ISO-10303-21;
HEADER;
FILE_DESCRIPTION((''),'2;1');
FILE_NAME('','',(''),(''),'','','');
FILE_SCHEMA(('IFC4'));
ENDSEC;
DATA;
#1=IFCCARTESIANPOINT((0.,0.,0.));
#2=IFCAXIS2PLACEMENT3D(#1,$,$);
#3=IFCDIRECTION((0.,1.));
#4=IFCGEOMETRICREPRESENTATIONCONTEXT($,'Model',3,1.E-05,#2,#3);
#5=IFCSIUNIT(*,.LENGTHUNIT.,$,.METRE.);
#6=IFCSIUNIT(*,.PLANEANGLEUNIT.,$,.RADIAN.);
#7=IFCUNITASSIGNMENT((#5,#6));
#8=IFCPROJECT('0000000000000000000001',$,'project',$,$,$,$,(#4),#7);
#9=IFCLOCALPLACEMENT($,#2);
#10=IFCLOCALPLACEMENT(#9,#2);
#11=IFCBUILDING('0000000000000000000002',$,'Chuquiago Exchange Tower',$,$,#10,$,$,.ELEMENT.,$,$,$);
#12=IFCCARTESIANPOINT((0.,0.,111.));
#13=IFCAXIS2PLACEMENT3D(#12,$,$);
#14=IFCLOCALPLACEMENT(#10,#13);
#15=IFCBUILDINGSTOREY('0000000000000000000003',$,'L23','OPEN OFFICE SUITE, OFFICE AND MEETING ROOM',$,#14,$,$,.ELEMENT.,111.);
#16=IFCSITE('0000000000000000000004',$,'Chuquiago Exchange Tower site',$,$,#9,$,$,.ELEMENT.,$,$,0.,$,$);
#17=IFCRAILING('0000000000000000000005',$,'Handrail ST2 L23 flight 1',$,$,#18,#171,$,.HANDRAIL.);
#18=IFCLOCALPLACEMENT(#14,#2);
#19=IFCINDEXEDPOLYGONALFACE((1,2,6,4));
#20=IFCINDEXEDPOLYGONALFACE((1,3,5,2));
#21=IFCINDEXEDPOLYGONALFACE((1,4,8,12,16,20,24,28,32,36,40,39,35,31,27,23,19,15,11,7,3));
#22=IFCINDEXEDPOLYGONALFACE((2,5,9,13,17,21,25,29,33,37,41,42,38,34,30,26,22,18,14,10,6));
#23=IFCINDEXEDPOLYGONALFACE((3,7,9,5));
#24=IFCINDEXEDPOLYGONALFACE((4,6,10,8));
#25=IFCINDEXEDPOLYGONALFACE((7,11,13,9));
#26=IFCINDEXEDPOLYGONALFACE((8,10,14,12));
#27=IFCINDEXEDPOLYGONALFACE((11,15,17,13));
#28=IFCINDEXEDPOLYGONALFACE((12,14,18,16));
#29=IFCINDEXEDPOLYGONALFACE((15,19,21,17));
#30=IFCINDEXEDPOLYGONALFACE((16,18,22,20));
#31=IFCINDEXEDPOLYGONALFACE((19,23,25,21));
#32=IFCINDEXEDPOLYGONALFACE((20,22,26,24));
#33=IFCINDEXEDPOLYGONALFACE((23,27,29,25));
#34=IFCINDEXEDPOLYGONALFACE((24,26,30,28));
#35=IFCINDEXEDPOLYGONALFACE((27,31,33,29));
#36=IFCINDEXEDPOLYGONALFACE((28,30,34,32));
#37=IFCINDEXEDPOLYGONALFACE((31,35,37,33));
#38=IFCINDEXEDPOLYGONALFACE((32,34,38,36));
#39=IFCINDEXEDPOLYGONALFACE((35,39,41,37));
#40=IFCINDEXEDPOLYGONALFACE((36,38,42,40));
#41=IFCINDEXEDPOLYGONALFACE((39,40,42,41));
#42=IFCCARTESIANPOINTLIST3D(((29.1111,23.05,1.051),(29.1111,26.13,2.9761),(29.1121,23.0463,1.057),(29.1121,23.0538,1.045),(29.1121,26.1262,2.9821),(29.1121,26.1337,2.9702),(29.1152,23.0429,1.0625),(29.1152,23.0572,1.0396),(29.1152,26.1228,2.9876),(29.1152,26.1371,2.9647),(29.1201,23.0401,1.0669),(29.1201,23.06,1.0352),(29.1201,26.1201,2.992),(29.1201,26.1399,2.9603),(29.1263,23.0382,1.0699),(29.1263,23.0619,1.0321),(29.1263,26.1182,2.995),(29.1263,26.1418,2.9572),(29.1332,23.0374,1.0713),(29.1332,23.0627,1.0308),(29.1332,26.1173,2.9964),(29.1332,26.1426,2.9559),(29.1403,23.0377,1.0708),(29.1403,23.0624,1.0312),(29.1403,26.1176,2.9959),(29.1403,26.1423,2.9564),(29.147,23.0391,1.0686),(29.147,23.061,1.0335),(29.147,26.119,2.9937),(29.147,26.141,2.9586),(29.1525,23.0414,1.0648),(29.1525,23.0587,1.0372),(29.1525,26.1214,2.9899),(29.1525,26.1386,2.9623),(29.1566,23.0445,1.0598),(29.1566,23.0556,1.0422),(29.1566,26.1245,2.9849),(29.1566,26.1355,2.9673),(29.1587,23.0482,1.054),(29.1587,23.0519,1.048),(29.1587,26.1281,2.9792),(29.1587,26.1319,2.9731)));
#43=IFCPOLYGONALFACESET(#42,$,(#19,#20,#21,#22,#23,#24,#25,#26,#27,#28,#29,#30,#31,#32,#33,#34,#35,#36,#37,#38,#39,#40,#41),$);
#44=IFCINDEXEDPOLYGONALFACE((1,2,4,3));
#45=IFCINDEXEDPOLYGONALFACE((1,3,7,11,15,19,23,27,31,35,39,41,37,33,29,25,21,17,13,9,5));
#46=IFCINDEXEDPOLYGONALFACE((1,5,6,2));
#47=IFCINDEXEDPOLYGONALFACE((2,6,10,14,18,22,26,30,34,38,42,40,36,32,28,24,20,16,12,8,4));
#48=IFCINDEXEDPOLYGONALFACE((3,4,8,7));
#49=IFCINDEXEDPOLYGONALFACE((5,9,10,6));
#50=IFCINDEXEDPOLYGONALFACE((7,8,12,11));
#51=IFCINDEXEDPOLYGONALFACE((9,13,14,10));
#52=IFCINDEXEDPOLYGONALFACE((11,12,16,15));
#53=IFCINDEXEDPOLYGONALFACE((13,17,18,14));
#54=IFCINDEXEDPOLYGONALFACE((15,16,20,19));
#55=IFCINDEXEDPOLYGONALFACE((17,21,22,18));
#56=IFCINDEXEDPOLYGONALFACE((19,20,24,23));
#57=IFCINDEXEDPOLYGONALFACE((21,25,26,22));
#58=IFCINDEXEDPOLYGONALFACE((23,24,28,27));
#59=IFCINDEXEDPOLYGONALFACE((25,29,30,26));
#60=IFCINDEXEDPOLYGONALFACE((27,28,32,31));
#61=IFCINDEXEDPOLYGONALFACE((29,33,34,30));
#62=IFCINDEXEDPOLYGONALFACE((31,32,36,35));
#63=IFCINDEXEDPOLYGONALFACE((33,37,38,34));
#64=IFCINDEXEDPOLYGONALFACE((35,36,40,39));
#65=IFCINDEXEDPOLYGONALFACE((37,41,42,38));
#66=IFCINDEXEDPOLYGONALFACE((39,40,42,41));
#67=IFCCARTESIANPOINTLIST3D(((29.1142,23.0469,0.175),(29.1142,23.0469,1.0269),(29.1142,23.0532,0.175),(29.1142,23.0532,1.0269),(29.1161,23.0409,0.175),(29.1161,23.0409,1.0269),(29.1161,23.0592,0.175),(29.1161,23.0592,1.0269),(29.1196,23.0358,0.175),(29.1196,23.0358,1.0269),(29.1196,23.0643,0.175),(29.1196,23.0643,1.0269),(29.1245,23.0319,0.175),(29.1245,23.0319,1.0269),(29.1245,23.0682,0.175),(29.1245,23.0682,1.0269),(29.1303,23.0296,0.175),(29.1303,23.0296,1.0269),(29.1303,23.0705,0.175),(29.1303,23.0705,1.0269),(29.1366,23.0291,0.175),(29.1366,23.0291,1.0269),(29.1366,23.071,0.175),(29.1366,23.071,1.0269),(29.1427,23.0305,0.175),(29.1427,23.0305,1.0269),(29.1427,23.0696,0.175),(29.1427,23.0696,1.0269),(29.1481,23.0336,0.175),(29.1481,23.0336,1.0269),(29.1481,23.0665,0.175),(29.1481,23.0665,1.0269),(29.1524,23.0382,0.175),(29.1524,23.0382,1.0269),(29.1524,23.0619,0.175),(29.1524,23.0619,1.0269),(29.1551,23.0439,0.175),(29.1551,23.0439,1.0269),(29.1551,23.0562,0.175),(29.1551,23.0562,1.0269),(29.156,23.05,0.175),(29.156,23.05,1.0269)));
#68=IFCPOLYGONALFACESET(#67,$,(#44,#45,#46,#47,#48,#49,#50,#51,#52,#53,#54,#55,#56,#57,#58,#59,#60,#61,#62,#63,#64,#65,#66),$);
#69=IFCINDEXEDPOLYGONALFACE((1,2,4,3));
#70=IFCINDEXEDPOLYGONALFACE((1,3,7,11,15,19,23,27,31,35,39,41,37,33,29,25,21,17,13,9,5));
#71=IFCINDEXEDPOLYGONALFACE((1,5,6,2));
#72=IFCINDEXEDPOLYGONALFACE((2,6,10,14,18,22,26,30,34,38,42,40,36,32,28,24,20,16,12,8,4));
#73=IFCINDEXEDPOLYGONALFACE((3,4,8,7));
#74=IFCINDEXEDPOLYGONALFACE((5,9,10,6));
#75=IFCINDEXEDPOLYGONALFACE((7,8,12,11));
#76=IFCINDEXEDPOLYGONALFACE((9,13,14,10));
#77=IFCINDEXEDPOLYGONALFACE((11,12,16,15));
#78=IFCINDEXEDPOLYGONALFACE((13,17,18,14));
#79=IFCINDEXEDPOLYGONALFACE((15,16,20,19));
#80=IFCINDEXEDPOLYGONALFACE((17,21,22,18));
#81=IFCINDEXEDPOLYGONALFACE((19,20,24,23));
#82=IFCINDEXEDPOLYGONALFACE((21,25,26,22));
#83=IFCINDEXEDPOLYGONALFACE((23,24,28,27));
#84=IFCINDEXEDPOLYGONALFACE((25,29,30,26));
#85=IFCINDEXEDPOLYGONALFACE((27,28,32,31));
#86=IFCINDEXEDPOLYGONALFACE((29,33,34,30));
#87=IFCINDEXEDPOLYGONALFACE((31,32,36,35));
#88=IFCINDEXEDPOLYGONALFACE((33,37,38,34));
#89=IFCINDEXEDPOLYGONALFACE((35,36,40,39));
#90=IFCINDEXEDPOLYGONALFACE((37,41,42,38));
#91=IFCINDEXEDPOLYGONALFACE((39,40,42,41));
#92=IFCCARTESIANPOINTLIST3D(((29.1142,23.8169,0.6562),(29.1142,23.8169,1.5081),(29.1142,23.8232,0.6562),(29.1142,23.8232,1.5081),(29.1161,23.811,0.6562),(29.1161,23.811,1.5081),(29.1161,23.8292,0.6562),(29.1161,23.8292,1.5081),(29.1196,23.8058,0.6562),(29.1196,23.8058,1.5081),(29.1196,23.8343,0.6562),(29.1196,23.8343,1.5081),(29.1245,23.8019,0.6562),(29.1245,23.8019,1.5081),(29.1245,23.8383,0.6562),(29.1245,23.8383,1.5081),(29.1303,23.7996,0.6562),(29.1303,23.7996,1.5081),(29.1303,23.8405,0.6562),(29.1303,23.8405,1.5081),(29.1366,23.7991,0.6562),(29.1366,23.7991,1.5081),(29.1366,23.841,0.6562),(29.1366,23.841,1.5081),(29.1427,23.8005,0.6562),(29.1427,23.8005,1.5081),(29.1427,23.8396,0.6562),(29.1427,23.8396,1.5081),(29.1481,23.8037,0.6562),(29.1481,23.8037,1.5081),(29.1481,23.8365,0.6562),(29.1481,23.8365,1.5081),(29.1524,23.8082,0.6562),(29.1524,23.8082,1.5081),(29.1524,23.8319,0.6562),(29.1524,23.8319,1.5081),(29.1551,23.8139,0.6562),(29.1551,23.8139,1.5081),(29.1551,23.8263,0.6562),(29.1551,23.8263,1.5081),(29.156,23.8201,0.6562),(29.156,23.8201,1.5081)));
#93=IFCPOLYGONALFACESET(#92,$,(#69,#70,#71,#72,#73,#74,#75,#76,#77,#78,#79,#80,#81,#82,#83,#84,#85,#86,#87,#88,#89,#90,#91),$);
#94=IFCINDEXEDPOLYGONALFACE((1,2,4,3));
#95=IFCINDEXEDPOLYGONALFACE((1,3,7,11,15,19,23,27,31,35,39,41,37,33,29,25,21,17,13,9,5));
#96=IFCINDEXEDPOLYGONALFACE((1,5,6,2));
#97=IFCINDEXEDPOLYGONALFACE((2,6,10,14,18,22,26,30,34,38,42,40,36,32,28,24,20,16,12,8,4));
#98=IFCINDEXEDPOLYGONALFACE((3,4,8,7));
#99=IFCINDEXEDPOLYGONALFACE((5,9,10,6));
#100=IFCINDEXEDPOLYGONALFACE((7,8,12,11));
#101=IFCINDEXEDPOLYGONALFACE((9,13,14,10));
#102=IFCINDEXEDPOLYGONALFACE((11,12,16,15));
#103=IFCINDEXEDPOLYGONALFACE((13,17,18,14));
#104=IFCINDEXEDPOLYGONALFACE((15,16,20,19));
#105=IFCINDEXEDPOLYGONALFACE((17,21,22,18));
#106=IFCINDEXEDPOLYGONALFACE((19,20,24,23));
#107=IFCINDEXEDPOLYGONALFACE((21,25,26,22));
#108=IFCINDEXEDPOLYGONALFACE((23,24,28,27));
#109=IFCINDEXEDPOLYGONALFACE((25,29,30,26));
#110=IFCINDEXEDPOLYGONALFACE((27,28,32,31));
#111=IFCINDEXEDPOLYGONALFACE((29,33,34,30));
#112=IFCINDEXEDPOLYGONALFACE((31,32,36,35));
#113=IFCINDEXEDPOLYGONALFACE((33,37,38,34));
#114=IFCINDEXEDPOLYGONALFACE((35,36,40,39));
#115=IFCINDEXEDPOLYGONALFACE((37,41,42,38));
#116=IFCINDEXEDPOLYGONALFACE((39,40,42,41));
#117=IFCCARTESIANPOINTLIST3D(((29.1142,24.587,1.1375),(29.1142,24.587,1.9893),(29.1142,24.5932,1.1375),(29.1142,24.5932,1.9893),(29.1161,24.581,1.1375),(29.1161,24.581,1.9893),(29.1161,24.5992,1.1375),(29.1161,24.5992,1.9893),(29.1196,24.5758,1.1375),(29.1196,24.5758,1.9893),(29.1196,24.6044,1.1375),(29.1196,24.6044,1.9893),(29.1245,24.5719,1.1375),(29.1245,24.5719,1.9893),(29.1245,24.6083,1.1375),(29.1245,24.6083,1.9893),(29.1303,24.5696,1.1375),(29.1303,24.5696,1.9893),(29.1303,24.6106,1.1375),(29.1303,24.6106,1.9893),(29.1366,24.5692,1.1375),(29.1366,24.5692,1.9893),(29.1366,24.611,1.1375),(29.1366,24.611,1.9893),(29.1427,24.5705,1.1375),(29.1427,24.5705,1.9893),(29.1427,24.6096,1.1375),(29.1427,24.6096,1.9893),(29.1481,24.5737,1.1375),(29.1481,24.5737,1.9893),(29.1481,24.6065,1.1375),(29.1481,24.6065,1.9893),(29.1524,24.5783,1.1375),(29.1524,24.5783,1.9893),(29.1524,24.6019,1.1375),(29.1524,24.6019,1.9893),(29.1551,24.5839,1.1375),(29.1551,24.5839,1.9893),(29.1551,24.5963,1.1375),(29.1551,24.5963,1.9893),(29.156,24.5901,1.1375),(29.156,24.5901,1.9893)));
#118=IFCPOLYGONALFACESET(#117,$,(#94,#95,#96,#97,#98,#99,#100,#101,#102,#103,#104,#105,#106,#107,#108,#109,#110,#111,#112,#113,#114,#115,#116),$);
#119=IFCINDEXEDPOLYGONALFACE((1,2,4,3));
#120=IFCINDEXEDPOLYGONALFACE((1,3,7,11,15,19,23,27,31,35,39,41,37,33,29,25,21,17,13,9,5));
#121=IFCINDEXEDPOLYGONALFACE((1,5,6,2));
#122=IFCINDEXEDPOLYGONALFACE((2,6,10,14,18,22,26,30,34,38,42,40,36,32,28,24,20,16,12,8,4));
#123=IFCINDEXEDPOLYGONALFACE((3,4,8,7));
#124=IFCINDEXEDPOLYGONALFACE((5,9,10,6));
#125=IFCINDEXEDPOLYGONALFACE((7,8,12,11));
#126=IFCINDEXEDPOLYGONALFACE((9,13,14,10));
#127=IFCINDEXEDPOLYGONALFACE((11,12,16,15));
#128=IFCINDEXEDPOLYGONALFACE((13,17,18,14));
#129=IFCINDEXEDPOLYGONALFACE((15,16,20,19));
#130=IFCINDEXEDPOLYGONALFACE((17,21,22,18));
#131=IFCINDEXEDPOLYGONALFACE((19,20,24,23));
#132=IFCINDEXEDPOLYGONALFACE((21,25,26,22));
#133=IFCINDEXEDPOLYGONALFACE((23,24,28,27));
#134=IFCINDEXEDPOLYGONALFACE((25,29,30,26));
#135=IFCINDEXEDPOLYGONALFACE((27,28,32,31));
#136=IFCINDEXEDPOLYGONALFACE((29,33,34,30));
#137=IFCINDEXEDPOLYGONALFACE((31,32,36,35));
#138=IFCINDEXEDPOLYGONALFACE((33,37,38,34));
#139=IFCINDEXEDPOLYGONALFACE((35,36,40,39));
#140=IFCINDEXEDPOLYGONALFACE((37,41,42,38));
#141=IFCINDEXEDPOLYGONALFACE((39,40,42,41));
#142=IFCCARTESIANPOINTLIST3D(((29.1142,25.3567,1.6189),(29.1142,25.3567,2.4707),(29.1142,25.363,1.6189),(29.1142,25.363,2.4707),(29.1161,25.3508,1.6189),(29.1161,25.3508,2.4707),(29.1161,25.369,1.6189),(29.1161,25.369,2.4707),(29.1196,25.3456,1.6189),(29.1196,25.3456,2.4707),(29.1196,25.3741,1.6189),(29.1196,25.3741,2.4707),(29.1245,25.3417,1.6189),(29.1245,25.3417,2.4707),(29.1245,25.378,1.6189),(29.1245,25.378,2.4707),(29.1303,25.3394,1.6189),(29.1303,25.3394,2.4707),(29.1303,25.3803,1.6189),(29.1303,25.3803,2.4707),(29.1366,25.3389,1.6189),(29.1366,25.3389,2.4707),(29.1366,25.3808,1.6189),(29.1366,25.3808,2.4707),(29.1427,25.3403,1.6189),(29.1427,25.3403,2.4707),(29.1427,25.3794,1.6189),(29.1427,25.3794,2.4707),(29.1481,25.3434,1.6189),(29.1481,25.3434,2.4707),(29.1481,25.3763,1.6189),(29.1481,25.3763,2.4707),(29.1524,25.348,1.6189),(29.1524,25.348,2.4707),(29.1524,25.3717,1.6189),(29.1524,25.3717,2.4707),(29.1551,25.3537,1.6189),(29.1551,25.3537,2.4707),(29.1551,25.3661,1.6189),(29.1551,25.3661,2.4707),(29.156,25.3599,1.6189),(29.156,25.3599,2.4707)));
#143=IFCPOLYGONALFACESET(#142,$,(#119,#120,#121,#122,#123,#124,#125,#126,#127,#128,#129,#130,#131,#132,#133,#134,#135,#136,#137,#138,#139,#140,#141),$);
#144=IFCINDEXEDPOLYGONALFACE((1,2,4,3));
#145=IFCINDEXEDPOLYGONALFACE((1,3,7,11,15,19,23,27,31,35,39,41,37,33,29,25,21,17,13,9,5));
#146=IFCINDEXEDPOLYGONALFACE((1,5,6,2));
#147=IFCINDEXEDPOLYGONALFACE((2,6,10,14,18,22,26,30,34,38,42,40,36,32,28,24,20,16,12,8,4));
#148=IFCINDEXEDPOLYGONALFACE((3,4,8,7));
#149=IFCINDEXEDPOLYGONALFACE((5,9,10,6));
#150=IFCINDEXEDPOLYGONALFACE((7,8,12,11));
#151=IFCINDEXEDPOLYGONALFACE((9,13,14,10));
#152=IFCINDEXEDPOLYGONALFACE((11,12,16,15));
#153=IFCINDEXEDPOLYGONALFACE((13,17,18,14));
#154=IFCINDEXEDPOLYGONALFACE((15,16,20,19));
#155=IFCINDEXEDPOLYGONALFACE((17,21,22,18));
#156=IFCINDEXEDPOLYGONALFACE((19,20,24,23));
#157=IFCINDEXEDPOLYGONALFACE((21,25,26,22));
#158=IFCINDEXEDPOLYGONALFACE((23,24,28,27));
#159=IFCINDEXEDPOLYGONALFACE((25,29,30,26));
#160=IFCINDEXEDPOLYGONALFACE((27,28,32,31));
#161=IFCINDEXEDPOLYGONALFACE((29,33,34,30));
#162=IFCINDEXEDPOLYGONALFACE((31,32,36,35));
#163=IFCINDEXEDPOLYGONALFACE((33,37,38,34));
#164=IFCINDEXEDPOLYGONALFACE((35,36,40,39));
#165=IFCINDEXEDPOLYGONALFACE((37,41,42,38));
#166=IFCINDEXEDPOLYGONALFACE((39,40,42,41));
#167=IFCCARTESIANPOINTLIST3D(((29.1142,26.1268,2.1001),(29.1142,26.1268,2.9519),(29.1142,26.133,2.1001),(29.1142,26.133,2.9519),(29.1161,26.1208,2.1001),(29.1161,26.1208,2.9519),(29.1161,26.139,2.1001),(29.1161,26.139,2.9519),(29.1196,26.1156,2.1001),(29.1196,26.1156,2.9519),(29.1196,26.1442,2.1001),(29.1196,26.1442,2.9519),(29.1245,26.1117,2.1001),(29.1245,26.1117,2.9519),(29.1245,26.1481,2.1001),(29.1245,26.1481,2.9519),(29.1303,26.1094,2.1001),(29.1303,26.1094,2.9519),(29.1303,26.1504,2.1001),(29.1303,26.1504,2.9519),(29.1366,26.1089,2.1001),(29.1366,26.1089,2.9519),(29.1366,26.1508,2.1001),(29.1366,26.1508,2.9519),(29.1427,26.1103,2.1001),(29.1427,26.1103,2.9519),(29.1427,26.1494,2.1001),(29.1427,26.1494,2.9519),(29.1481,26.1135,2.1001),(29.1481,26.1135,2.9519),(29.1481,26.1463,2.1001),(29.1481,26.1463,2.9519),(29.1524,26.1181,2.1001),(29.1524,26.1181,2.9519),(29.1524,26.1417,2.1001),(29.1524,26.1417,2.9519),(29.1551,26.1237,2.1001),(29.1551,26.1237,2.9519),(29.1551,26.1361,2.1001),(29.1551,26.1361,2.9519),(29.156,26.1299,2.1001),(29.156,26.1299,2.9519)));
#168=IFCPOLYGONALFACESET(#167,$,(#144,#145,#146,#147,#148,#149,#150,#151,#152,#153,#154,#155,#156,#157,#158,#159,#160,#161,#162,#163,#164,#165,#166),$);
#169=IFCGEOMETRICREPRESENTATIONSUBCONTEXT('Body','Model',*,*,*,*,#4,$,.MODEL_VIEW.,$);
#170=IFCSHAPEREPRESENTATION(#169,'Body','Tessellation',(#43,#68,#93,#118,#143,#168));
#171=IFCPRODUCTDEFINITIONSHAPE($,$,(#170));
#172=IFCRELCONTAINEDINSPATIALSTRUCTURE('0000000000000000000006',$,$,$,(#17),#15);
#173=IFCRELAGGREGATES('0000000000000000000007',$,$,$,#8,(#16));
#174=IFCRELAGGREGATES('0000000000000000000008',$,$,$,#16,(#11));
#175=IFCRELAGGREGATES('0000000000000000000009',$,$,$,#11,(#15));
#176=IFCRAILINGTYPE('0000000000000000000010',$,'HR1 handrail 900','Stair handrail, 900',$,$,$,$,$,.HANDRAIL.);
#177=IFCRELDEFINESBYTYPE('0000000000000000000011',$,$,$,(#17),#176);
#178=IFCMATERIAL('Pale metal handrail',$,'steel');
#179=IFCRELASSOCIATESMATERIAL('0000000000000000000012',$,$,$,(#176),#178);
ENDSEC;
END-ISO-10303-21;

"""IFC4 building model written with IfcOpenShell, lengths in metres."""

from ifc_helpers import new_model, si_unit, direction, frame, origin, origin_2d, place, context, subcontext, project, spatial, circle, extrude, material, type_object, element, save


model = new_model("IFC4")

# Units and contexts
model_context = context("Model", 3, precision=1e-05, world=origin(), true_north=direction((0.0, 1.0)))
body_context = subcontext(model_context, "Body", "Model", "MODEL_VIEW")
ifc_project = project(units=[si_unit("LENGTHUNIT", "METRE"), si_unit("PLANEANGLEUNIT", "RADIAN")], contexts=[model_context])

# Site, building, storey
site_placement = place(None, origin())
site = spatial("IfcSite", under=ifc_project, at=site_placement, Name="Chuquiago Exchange Tower site", CompositionType="ELEMENT", RefElevation=0.0)
building_placement = place(site_placement, origin())
building = spatial("IfcBuilding", under=site, at=building_placement, Name="Chuquiago Exchange Tower", CompositionType="ELEMENT")
storey_placement = place(building_placement, frame((0.0, 0.0, 111.0)))
storey = spatial("IfcBuildingStorey", under=building, at=storey_placement, Name="L23", Description="OPEN OFFICE SUITE, OFFICE AND MEETING ROOM", CompositionType="ELEMENT", Elevation=111.0)

# Railing
ifc_material_1 = material(Name="Pale metal handrail", Category="steel")
railing_type_1 = type_object("IfcRailingType", Name="HR1 handrail 900", Description="Stair handrail, 900", PredefinedType="HANDRAIL", material=ifc_material_1)
railing_1_placement = place(storey_placement, frame((29.135, 23.05, 0.175)))
element("IfcRailing", 1, at=railing_1_placement, inside=storey, type_object=railing_type_1, Name="Handrail ST2 L23 flight 1", PredefinedType="HANDRAIL", context=body_context, shape_type="SweptSolid", body=[
    extrude(circle(Radius=0.0239, at=origin_2d()), frame((0.0, 0.0, 0.876), z_axis=(0.0, 0.847979, 0.530029), x_axis=(-1.0, 0.0, 0.0)), (0.0, 0.0, 1.0), 3.6321),
    extrude(circle(Radius=0.021, at=origin_2d()), origin(), (0.0, 0.0, 1.0), 0.8518),
    extrude(circle(Radius=0.021, at=origin_2d()), frame((0.0, 0.77, 0.4812)), (0.0, 0.0, 1.0), 0.8518),
    extrude(circle(Radius=0.021, at=origin_2d()), frame((0.0, 1.54, 0.9624)), (0.0, 0.0, 1.0), 0.8518),
    extrude(circle(Radius=0.021, at=origin_2d()), frame((0.0, 2.3098, 1.4438)), (0.0, 0.0, 1.0), 0.8518),
    extrude(circle(Radius=0.021, at=origin_2d()), frame((0.0, 3.0798, 1.925)), (0.0, 0.0, 1.0), 0.8518),
])

save(model, "model.ifc")
